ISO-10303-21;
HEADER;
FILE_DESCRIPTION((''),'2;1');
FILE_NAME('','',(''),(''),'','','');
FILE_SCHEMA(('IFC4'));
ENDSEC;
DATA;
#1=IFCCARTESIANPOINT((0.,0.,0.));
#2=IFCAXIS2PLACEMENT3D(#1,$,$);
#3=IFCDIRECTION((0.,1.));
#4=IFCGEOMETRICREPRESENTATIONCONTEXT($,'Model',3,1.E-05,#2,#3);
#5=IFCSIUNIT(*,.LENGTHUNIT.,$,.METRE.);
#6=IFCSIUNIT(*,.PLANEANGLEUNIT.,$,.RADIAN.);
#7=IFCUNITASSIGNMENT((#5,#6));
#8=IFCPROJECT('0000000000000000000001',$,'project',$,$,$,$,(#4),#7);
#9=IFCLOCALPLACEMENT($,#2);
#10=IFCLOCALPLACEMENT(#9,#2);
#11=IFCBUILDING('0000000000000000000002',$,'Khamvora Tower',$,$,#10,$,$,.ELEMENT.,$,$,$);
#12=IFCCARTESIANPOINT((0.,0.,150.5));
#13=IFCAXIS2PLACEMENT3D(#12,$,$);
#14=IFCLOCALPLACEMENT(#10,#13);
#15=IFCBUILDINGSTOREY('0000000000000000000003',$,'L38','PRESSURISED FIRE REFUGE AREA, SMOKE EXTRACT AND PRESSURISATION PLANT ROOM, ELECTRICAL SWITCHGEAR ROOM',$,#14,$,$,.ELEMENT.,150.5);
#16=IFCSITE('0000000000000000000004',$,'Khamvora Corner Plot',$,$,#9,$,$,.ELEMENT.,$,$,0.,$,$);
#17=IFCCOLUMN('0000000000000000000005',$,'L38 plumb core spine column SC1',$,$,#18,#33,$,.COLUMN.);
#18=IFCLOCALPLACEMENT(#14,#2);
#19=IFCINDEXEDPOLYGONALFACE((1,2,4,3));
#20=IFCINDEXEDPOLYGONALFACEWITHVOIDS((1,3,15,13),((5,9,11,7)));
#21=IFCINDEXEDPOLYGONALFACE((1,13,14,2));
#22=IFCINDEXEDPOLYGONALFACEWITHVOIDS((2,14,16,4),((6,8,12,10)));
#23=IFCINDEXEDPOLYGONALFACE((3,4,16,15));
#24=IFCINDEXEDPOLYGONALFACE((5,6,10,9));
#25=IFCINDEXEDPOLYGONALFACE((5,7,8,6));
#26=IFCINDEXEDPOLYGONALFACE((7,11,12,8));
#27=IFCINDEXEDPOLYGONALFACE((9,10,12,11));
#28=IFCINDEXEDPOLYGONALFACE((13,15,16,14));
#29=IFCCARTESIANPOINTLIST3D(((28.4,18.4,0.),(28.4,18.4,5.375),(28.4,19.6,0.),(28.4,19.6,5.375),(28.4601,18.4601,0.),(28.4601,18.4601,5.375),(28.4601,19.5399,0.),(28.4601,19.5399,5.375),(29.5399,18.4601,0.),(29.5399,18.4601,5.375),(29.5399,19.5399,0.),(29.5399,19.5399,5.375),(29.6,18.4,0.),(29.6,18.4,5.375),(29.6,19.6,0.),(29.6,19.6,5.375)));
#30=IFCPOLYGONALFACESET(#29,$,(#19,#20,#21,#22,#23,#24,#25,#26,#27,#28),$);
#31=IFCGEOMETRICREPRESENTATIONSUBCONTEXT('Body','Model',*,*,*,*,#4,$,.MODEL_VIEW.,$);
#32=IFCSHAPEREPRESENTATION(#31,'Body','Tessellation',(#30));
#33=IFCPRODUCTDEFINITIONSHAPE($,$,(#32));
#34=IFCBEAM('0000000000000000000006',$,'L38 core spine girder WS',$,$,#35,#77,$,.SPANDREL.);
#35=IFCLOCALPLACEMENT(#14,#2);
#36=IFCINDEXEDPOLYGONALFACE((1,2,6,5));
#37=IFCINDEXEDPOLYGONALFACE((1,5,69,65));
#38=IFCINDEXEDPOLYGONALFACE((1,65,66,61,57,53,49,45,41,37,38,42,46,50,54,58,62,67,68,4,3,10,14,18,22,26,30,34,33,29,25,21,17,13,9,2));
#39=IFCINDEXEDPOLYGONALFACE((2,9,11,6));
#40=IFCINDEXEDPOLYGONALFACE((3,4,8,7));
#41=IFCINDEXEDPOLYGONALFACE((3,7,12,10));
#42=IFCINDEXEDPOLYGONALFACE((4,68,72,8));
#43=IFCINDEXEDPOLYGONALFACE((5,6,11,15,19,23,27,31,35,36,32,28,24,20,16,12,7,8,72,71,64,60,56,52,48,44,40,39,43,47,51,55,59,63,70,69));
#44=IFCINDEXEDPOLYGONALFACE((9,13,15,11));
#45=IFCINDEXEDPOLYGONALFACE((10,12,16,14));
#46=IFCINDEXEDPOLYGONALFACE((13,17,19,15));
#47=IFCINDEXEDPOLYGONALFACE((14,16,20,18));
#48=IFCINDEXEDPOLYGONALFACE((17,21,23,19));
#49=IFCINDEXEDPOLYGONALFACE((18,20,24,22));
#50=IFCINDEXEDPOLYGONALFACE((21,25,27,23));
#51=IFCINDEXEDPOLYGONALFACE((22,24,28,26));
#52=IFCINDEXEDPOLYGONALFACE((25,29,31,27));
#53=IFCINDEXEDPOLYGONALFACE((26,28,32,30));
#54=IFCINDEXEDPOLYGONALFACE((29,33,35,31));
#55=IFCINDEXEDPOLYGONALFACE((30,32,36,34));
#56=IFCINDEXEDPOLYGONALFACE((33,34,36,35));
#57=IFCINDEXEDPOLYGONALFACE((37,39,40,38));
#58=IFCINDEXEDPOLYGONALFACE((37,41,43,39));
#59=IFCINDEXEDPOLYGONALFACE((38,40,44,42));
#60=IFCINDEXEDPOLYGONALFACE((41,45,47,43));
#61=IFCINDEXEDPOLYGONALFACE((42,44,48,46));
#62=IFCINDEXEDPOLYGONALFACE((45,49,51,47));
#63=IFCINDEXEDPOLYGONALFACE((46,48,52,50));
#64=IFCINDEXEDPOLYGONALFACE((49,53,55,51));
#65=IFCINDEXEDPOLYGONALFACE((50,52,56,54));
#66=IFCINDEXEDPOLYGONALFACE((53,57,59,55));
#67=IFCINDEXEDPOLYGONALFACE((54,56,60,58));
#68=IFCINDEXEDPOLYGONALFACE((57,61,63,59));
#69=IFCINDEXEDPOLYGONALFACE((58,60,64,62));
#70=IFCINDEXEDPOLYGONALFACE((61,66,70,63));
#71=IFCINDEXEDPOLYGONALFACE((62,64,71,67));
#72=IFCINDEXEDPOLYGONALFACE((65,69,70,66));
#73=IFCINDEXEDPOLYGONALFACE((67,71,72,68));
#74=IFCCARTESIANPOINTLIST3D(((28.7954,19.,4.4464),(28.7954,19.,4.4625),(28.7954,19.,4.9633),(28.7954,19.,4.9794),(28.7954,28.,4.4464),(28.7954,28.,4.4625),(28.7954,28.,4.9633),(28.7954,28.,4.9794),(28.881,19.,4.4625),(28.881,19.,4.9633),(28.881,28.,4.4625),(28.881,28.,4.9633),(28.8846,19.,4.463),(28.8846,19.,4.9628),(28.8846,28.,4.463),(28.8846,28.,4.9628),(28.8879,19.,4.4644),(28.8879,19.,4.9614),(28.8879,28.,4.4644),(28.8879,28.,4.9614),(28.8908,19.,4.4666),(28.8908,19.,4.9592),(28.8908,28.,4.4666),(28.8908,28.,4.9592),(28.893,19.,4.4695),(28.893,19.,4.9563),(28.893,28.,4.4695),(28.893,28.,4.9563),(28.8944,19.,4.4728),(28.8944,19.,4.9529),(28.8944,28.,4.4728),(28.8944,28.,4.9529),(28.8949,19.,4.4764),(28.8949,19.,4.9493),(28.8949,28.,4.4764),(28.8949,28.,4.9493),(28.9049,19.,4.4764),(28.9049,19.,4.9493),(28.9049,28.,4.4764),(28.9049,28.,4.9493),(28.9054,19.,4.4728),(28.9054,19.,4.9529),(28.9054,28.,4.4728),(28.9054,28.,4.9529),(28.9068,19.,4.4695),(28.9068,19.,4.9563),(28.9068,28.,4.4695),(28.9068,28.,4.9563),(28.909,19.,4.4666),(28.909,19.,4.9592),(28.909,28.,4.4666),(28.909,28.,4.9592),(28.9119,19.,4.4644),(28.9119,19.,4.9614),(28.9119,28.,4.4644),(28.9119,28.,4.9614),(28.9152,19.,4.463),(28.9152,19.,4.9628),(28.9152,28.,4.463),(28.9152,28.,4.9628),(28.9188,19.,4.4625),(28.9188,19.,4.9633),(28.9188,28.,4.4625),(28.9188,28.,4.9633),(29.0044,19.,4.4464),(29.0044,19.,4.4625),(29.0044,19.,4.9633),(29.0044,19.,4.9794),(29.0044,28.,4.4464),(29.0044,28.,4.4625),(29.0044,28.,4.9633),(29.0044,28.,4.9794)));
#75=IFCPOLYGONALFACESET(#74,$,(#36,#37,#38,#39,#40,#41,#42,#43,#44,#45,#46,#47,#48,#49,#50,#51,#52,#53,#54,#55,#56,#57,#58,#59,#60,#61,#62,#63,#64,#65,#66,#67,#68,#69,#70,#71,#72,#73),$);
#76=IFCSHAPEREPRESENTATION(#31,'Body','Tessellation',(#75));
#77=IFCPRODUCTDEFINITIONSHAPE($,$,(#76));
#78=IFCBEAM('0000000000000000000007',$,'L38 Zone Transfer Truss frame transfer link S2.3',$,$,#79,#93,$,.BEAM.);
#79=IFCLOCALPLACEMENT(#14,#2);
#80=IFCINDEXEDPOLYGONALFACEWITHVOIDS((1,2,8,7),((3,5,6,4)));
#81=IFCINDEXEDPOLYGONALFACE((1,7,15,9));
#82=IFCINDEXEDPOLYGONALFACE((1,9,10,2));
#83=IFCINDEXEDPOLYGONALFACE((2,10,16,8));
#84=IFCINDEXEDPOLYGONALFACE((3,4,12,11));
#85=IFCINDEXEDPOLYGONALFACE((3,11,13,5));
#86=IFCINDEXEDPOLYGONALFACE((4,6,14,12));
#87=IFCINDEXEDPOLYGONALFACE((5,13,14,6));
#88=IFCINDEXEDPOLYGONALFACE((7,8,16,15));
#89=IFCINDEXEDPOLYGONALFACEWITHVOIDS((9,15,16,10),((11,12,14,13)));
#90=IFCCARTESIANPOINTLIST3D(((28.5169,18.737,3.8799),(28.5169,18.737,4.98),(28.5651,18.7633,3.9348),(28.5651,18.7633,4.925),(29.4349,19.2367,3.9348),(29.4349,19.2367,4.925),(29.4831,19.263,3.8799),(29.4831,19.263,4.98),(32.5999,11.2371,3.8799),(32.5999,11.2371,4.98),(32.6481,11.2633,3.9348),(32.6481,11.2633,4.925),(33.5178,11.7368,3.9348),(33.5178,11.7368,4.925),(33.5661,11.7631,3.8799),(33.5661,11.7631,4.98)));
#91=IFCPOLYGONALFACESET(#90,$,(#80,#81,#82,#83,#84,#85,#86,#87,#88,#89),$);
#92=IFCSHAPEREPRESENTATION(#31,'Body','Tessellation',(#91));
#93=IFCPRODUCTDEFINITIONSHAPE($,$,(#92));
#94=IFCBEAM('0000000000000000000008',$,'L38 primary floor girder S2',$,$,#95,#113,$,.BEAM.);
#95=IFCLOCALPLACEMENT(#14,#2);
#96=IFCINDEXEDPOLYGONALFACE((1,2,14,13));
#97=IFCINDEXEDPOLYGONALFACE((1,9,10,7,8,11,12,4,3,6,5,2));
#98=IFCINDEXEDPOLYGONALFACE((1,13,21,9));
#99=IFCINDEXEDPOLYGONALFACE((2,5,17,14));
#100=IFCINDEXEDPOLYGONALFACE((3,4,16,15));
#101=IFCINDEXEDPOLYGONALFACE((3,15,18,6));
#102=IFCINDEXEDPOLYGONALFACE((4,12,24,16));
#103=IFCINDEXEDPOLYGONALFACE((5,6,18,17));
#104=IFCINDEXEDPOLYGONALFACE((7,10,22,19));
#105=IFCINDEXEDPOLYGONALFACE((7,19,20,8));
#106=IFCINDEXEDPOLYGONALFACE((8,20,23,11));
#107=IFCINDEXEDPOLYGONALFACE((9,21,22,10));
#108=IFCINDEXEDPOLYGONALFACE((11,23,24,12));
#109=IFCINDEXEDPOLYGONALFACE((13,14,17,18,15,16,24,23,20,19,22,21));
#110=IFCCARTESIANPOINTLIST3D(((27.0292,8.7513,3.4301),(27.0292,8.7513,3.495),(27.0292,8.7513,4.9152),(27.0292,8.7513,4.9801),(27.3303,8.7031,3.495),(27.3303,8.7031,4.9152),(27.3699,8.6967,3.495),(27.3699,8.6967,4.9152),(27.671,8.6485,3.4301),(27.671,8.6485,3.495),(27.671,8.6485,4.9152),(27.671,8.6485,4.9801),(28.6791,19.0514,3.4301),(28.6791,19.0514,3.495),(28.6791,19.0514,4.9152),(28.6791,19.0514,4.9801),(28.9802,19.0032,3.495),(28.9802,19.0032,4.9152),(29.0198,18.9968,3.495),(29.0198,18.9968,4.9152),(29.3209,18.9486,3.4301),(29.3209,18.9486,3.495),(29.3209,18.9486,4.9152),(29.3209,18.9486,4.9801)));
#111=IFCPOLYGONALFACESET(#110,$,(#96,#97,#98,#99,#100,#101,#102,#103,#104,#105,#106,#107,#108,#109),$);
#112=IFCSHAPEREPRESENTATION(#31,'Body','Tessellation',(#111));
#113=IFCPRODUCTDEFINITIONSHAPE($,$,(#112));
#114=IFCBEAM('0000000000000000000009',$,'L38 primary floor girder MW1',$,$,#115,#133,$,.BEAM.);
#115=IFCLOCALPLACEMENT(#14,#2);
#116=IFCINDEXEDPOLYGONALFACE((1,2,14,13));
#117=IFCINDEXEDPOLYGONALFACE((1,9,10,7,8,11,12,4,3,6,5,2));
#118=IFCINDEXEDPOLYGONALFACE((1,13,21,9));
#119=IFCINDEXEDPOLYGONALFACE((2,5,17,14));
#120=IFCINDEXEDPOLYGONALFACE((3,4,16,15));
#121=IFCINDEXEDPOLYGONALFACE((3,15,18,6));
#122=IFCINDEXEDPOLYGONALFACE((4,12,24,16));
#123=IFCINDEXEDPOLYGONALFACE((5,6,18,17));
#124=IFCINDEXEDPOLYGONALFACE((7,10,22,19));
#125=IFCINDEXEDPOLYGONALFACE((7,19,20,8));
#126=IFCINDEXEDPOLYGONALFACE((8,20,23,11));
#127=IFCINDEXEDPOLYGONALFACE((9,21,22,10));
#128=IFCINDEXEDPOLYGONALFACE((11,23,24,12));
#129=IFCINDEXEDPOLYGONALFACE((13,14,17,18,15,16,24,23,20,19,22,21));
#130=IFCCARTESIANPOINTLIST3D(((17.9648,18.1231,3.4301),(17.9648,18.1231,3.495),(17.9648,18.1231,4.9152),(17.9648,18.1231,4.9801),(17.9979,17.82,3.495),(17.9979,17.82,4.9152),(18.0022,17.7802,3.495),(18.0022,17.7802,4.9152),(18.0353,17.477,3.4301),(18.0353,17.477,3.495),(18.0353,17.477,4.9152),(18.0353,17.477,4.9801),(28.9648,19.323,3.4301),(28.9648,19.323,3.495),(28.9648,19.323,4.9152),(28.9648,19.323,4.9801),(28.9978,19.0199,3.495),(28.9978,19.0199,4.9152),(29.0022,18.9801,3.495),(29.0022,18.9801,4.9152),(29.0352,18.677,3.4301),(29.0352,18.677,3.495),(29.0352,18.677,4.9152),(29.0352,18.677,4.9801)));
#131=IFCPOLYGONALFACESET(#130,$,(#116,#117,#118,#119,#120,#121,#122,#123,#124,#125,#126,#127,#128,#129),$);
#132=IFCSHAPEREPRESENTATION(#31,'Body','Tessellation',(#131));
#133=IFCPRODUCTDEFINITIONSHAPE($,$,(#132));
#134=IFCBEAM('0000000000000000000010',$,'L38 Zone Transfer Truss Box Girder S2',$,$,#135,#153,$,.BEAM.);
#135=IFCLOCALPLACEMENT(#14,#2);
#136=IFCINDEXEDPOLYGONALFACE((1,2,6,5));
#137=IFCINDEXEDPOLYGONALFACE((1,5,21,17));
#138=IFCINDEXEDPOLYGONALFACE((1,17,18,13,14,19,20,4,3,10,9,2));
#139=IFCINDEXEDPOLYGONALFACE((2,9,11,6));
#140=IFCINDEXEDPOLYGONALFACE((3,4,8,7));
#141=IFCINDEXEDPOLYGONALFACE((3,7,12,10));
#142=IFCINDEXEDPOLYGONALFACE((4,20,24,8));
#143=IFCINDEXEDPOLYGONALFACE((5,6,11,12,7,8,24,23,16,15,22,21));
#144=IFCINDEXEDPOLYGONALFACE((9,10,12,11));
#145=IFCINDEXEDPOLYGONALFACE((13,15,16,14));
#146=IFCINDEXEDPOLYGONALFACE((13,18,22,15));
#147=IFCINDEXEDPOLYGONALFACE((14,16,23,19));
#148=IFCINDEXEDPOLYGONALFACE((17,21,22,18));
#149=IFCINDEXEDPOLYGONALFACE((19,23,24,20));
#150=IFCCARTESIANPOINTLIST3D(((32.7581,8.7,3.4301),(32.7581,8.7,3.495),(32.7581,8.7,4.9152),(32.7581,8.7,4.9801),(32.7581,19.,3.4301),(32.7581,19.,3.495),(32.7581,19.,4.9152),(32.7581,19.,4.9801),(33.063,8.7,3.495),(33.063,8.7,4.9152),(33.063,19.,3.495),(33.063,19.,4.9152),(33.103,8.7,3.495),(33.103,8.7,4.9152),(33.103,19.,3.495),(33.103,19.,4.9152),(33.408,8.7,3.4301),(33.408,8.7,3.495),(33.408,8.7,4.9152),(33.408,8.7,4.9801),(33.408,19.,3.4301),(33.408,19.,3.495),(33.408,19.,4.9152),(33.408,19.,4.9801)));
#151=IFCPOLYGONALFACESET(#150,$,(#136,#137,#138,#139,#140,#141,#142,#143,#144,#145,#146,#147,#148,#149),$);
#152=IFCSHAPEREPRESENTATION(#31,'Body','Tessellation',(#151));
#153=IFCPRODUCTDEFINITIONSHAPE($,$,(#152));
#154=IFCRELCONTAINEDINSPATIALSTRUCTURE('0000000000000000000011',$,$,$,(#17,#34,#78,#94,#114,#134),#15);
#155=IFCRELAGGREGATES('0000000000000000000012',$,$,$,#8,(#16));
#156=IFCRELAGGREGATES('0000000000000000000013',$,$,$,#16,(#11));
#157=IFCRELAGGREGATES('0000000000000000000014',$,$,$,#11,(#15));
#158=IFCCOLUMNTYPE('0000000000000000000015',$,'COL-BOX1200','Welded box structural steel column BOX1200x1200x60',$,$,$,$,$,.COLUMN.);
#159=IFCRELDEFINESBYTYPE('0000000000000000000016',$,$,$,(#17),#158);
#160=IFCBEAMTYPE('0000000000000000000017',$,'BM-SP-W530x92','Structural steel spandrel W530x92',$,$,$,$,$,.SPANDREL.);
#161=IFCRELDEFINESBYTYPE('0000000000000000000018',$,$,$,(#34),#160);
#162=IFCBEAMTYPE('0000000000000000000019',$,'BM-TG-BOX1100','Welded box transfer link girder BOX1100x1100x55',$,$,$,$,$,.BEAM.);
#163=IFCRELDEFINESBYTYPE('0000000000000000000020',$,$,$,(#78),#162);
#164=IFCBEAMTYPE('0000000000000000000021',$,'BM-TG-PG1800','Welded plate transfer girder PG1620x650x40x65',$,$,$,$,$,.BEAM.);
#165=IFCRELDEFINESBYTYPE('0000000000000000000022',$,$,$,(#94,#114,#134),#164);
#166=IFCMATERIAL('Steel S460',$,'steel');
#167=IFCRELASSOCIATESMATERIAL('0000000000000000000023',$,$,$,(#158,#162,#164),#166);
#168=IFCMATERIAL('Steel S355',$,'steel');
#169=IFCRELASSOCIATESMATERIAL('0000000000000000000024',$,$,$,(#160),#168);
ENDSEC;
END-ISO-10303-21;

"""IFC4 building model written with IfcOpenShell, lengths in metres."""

from ifc_helpers import new_model, si_unit, direction, frame, origin, origin_2d, place, context, subcontext, project, spatial, hollow_rectangle, i_section, extrude, material, material_profile, profile_set, type_object, element, save


model = new_model("IFC4")

# Units and contexts
model_context = context("Model", 3, precision=1e-05, world=origin(), true_north=direction((0.0, 1.0)))
body_context = subcontext(model_context, "Body", "Model", "MODEL_VIEW")
ifc_project = project(units=[si_unit("LENGTHUNIT", "METRE"), si_unit("PLANEANGLEUNIT", "RADIAN")], contexts=[model_context])

# Site, building, storey
site_placement = place(None, origin())
site = spatial("IfcSite", under=ifc_project, at=site_placement, Name="Khamvora Corner Plot", CompositionType="ELEMENT", RefElevation=0.0)
building_placement = place(site_placement, origin())
building = spatial("IfcBuilding", under=site, at=building_placement, Name="Khamvora Tower", CompositionType="ELEMENT")
storey_placement = place(building_placement, frame((0.0, 0.0, 150.5)))
storey = spatial("IfcBuildingStorey", under=building, at=storey_placement, Name="L38", Description="PRESSURISED FIRE REFUGE AREA, SMOKE EXTRACT AND PRESSURISATION PLANT ROOM, ELECTRICAL SWITCHGEAR ROOM", CompositionType="ELEMENT", Elevation=150.5)

# Column
ifc_material_1 = material(Name="Steel S460", Category="steel")
ifc_material_profile_1 = material_profile(ifc_material_1, hollow_rectangle(XDim=1.2, YDim=1.2, WallThickness=0.0601, at=origin_2d()), Name="BOX1200x1200x60")
ifc_profile_set_1 = profile_set([ifc_material_profile_1], Name="Steel S460")
column_type = type_object("IfcColumnType", Name="COL-BOX1200", Description="Welded box structural steel column BOX1200x1200x60", PredefinedType="COLUMN", material=ifc_profile_set_1)
column_placement = place(storey_placement, frame((29.0, 19.0, 0.0), z_axis=(0.0, 0.0, 1.0), x_axis=(1.0, 0.0, 0.0)))
element("IfcColumn", 1, at=column_placement, inside=storey, type_object=column_type, Name="L38 plumb core spine column SC1", PredefinedType="COLUMN", context=body_context, shape_type="SweptSolid", body=[
    extrude(hollow_rectangle(XDim=1.2, YDim=1.2, WallThickness=0.0601, at=origin_2d()), origin(), (0.0, 0.0, 1.0), 5.375),
])

# Beams
ifc_material_2 = material(Name="Steel S355", Category="steel")
ifc_material_profile_2 = material_profile(ifc_material_2, i_section(OverallWidth=0.209, OverallDepth=0.533, WebThickness=0.01, FlangeThickness=0.0161, FilletRadius=0.0139, at=origin_2d()), Name="W530x92")
ifc_profile_set_2 = profile_set([ifc_material_profile_2], Name="Steel S355")
beam_type_1 = type_object("IfcBeamType", Name="BM-SP-W530x92", Description="Structural steel spandrel W530x92", PredefinedType="SPANDREL", material=ifc_profile_set_2)
beam_1_placement = place(storey_placement, frame((28.8999, 19.0, 4.7129), z_axis=(0.0, 1.0, 0.0), x_axis=(-1.0, 0.0, 0.0)))
element("IfcBeam", 2, at=beam_1_placement, inside=storey, type_object=beam_type_1, Name="L38 core spine girder WS", PredefinedType="SPANDREL", context=body_context, shape_type="SweptSolid", body=[
    extrude(i_section(OverallWidth=0.209, OverallDepth=0.533, WebThickness=0.01, FlangeThickness=0.0161, FilletRadius=0.0139, at=origin_2d()), origin(), (0.0, 0.0, 1.0), 9.0),
])
ifc_material_profile_3 = material_profile(ifc_material_1, hollow_rectangle(XDim=1.1001, YDim=1.1001, WallThickness=0.0549, at=origin_2d()), Name="BOX1100x1100x55")
ifc_profile_set_3 = profile_set([ifc_material_profile_3], Name="Steel S460")
beam_type_2 = type_object("IfcBeamType", Name="BM-TG-BOX1100", Description="Welded box transfer link girder BOX1100x1100x55", PredefinedType="BEAM", material=ifc_profile_set_3)
beam_2_placement = place(storey_placement, frame((29.0, 19.0, 4.4299), z_axis=(0.478139, -0.878284, 0.0), x_axis=(0.878284, 0.478139, 0.0)))
element("IfcBeam", 3, at=beam_2_placement, inside=storey, type_object=beam_type_2, Name="L38 Zone Transfer Truss frame transfer link S2.3", PredefinedType="BEAM", context=body_context, shape_type="SweptSolid", body=[
    extrude(hollow_rectangle(XDim=1.1001, YDim=1.1001, WallThickness=0.0549, at=origin_2d()), origin(), (0.0, 0.0, 1.0), 8.5393),
])
ifc_material_profile_4 = material_profile(ifc_material_1, i_section(OverallWidth=0.6499, OverallDepth=1.55, WebThickness=0.04, FlangeThickness=0.0649, at=origin_2d()), Name="PG1550x650x40x65")
ifc_profile_set_4 = profile_set([ifc_material_profile_4], Name="Steel S460")
beam_type_3 = type_object("IfcBeamType", Name="BM-TG-PG1800", Description="Welded plate transfer girder PG1620x650x40x65", PredefinedType="BEAM", material=ifc_profile_set_4)
beam_3_placement = place(storey_placement, frame((29.0, 19.0, 4.2051), z_axis=(-0.158168, -0.987412, 0.0), x_axis=(0.987412, -0.158168, 0.0)))
element("IfcBeam", 4, at=beam_3_placement, inside=storey, type_object=beam_type_3, Name="L38 primary floor girder S2", PredefinedType="BEAM", context=body_context, shape_type="SweptSolid", body=[
    extrude(i_section(OverallWidth=0.6499, OverallDepth=1.55, WebThickness=0.04, FlangeThickness=0.0649, at=origin_2d()), origin(), (0.0, 0.0, 1.0), 10.4314),
])
beam_4_placement = place(storey_placement, frame((29.0, 19.0, 4.2051), z_axis=(-0.994103, -0.108443, 0.0), x_axis=(0.108443, -0.994103, 0.0)))
element("IfcBeam", 5, at=beam_4_placement, inside=storey, type_object=beam_type_3, Name="L38 primary floor girder MW1", PredefinedType="BEAM", context=body_context, shape_type="SweptSolid", body=[
    extrude(i_section(OverallWidth=0.6499, OverallDepth=1.55, WebThickness=0.04, FlangeThickness=0.0649, at=origin_2d()), origin(), (0.0, 0.0, 1.0), 11.0652),
])
beam_5_placement = place(storey_placement, frame((33.083, 8.7, 4.2051), z_axis=(0.0, 1.0, 0.0), x_axis=(-1.0, 0.0, 0.0)))
element("IfcBeam", 6, at=beam_5_placement, inside=storey, type_object=beam_type_3, Name="L38 Zone Transfer Truss Box Girder S2", PredefinedType="BEAM", context=body_context, shape_type="SweptSolid", body=[
    extrude(i_section(OverallWidth=0.6499, OverallDepth=1.55, WebThickness=0.04, FlangeThickness=0.0649, at=origin_2d()), origin(), (0.0, 0.0, 1.0), 10.3),
])

save(model, "model.ifc")
